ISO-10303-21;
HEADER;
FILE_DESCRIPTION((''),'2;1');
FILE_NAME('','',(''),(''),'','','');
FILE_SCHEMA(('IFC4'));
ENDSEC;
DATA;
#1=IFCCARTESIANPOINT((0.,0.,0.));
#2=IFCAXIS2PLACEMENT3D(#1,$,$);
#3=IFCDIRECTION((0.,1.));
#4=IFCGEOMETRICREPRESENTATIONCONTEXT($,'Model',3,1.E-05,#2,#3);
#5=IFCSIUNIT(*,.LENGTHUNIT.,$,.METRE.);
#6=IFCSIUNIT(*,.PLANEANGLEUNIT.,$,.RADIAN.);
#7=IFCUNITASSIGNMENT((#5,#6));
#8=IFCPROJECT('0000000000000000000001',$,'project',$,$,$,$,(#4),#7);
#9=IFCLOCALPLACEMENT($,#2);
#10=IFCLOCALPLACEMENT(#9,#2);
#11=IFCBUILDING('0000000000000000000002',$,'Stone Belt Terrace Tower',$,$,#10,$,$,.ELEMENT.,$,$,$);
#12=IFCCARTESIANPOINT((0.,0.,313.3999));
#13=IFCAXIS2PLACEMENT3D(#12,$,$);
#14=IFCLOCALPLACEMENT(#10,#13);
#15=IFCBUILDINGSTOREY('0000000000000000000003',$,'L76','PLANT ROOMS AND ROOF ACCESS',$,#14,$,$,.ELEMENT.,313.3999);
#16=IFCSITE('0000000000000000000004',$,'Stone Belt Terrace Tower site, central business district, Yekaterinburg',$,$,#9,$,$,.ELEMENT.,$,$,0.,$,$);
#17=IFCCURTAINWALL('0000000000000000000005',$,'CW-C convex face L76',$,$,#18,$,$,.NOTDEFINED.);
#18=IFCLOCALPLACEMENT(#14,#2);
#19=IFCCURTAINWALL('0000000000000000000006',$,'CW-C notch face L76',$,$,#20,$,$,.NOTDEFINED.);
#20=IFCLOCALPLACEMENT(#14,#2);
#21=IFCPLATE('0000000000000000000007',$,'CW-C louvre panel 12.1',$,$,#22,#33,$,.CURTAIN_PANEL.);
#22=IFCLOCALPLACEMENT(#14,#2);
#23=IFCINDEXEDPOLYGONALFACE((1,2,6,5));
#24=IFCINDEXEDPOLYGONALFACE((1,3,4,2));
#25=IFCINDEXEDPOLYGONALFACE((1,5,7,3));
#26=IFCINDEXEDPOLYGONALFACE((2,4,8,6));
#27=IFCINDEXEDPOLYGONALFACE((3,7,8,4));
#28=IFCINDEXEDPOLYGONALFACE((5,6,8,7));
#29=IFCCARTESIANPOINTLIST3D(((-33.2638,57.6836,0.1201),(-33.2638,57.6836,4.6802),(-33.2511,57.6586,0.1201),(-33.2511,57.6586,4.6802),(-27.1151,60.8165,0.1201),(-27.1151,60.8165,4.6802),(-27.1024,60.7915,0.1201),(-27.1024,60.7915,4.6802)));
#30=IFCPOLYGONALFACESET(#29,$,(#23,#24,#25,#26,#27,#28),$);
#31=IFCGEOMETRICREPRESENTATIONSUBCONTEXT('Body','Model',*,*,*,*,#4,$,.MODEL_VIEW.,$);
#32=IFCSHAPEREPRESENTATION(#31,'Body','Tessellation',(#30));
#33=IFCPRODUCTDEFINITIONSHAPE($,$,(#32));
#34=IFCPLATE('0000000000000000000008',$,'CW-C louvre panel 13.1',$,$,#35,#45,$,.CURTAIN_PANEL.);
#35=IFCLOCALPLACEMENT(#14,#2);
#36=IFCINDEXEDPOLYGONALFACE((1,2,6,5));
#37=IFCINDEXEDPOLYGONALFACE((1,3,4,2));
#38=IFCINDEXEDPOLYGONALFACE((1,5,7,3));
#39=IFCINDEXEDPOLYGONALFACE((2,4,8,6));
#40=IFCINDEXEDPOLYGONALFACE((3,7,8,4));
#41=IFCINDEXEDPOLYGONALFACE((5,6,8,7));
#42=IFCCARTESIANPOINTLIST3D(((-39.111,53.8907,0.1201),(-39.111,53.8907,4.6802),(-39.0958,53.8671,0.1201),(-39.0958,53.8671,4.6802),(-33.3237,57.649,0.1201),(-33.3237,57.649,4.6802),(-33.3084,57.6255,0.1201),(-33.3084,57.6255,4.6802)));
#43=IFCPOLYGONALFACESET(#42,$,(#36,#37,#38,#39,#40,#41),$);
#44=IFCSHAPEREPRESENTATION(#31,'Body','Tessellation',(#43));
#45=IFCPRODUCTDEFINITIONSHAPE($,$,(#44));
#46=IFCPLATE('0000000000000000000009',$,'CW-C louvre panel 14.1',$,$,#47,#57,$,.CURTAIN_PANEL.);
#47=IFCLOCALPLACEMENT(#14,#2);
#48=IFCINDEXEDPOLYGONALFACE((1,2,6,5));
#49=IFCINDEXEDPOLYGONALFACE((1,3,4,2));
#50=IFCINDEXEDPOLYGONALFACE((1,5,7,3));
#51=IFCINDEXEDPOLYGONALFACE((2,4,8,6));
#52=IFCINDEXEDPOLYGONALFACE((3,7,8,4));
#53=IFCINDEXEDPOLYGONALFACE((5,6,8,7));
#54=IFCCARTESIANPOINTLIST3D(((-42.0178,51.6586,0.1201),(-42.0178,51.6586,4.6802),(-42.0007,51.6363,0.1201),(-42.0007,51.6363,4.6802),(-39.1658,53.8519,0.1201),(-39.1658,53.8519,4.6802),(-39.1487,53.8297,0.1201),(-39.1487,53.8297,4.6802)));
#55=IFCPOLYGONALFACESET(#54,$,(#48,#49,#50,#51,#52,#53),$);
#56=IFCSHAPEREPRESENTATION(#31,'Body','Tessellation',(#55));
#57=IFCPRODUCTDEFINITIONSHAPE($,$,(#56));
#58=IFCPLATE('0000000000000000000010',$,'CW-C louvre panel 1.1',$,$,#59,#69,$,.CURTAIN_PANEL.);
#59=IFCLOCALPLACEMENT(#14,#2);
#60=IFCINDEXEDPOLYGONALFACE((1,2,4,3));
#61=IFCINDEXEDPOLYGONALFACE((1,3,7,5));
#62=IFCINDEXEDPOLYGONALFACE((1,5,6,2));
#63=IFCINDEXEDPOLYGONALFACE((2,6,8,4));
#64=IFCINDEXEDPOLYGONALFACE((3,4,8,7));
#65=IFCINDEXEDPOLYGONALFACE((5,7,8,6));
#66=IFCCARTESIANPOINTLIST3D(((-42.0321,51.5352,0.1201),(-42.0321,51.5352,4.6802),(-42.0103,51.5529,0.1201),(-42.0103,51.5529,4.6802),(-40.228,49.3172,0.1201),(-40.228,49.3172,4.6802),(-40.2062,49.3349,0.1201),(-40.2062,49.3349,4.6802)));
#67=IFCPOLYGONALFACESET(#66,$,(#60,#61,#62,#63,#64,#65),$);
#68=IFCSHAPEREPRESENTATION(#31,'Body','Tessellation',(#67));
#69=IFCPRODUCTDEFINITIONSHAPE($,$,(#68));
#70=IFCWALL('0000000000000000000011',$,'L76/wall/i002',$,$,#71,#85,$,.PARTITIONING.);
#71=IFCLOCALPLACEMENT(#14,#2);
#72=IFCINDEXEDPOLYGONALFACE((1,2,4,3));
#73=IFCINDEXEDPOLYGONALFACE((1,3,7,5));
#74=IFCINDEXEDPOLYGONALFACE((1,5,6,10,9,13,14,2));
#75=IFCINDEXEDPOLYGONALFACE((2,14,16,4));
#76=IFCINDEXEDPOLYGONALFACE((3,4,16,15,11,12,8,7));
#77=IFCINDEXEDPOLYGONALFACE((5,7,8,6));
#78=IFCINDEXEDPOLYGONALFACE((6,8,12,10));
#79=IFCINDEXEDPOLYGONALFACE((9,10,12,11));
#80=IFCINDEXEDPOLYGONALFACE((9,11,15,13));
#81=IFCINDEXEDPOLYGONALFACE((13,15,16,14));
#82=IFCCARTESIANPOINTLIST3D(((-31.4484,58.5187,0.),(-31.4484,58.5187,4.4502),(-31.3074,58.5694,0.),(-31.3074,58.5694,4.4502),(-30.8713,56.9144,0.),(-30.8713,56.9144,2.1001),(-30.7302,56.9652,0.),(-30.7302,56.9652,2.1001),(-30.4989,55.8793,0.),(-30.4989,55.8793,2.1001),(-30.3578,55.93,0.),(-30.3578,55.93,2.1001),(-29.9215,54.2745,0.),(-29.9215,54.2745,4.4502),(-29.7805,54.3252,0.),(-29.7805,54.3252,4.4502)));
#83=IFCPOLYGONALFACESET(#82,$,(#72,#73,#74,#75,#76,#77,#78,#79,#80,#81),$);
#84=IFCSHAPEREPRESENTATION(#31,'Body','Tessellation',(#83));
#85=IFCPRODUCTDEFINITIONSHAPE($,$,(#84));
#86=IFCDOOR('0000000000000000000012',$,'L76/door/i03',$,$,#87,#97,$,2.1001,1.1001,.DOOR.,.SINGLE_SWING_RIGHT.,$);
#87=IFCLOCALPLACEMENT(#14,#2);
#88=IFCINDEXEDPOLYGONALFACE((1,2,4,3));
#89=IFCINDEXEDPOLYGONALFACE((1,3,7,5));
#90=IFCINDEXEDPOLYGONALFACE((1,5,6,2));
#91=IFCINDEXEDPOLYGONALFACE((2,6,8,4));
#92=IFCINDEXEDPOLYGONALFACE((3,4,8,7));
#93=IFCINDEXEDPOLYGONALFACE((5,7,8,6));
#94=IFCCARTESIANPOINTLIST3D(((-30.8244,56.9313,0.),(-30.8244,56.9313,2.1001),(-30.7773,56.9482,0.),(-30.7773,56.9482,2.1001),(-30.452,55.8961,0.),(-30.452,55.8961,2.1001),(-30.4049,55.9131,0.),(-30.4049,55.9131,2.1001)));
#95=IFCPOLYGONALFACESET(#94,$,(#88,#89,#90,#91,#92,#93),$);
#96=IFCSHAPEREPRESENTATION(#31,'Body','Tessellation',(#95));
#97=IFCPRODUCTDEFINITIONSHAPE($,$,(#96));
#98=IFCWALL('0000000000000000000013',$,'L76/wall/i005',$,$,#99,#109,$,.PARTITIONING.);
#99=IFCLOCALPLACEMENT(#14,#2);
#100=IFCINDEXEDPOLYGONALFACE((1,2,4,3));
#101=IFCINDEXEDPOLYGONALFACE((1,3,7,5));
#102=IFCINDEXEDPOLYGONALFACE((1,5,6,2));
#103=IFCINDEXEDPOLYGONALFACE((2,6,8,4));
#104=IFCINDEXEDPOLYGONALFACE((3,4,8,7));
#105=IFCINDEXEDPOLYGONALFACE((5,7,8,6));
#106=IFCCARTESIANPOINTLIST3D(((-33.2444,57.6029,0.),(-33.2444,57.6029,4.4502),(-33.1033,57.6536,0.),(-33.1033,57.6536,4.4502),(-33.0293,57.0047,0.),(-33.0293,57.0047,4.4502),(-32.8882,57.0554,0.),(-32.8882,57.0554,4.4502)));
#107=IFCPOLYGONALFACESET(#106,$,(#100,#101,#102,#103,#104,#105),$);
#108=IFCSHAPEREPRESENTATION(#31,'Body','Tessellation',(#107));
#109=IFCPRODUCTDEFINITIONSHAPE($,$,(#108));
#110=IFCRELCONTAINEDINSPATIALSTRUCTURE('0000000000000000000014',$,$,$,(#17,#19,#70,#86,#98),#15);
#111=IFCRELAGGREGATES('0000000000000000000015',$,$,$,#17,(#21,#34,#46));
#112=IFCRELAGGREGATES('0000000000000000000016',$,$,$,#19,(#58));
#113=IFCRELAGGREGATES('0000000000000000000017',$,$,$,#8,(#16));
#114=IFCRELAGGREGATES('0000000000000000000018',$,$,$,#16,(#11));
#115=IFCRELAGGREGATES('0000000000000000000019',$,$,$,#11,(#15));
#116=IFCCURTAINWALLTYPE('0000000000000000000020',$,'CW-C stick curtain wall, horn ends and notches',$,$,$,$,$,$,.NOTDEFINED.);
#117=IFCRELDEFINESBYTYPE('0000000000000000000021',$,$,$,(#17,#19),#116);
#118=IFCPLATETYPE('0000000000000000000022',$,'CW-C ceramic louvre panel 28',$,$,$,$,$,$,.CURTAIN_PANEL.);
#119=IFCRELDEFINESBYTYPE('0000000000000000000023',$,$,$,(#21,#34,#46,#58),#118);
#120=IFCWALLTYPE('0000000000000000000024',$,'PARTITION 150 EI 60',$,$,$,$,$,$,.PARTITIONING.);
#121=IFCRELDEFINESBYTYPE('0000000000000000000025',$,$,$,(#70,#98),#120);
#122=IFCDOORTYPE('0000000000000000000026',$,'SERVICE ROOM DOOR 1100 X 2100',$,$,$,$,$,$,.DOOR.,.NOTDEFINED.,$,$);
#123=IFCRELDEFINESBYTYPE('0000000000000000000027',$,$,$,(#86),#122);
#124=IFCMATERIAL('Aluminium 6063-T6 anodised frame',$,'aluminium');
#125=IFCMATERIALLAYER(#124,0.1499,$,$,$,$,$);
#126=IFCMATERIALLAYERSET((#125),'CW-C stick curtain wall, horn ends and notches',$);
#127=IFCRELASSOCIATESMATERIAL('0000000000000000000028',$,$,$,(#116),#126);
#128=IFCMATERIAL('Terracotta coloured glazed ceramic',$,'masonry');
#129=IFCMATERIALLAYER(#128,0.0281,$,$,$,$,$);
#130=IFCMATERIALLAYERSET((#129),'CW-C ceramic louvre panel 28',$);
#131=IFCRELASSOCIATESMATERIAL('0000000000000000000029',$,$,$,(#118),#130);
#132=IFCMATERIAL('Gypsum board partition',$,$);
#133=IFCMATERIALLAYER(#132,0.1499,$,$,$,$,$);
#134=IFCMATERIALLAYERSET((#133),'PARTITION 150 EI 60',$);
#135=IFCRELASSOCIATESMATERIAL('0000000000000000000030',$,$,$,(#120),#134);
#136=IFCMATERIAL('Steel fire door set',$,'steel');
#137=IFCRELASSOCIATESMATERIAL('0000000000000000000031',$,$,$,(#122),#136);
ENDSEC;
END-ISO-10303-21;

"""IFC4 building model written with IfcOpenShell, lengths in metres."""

from ifc_helpers import new_model, si_unit, direction, frame, frame_2d, origin, origin_2d, place, context, subcontext, project, spatial, rectangle, extrude, material, layer, layer_set, type_object, element, fill, aggregate, save


model = new_model("IFC4")

# Units and contexts
model_context = context("Model", 3, precision=1e-05, world=origin(), true_north=direction((0.0, 1.0)))
body_context = subcontext(model_context, "Body", "Model", "MODEL_VIEW")
ifc_project = project(units=[si_unit("LENGTHUNIT", "METRE"), si_unit("PLANEANGLEUNIT", "RADIAN")], contexts=[model_context])

# Site, building, storey
site_placement = place(None, origin())
site = spatial("IfcSite", under=ifc_project, at=site_placement, Name="Stone Belt Terrace Tower site, central business district, Yekaterinburg", CompositionType="ELEMENT", RefElevation=0.0)
building_placement = place(site_placement, origin())
building = spatial("IfcBuilding", under=site, at=building_placement, Name="Stone Belt Terrace Tower", CompositionType="ELEMENT")
storey_placement = place(building_placement, frame((0.0, 0.0, 313.3999)))
storey = spatial("IfcBuildingStorey", under=building, at=storey_placement, Name="L76", Description="PLANT ROOMS AND ROOF ACCESS", CompositionType="ELEMENT", Elevation=313.3999)

# Curtain wall
ifc_material_1 = material(Name="Aluminium 6063-T6 anodised frame", Category="aluminium")
ifc_layer_1 = layer(ifc_material_1, 0.1499)
ifc_layer_set_1 = layer_set([ifc_layer_1], Name="CW-C stick curtain wall, horn ends and notches")
curtain_wall_type = type_object("IfcCurtainWallType", Name="CW-C stick curtain wall, horn ends and notches", PredefinedType="NOTDEFINED", material=ifc_layer_set_1)
curtain_wall_1_placement = place(storey_placement, origin())
curtain_wall_1 = element("IfcCurtainWall", 1, at=curtain_wall_1_placement, inside=storey, type_object=curtain_wall_type, Name="CW-C convex face L76", PredefinedType="NOTDEFINED")

# Curtain wall
curtain_wall_2_placement = place(storey_placement, origin())
curtain_wall_2 = element("IfcCurtainWall", 2, at=curtain_wall_2_placement, inside=storey, type_object=curtain_wall_type, Name="CW-C notch face L76", PredefinedType="NOTDEFINED")

# Plates
ifc_material_2 = material(Name="Terracotta coloured glazed ceramic", Category="masonry")
ifc_layer_2 = layer(ifc_material_2, 0.0281)
ifc_layer_set_2 = layer_set([ifc_layer_2], Name="CW-C ceramic louvre panel 28")
plate_type = type_object("IfcPlateType", Name="CW-C ceramic louvre panel 28", PredefinedType="CURTAIN_PANEL", material=ifc_layer_set_2)
plate_1_placement = place(storey_placement, frame((-30.1831, 59.2375, 0.1201), z_axis=(0.0, 0.0, 1.0), x_axis=(-0.891007, -0.45399, 0.0)))
plate_1 = element("IfcPlate", 3, at=plate_1_placement, type_object=plate_type, Name="CW-C louvre panel 12.1", PredefinedType="CURTAIN_PANEL", context=body_context, shape_type="SweptSolid", body=[
    extrude(rectangle(XDim=6.9009, YDim=0.0281, at=origin_2d()), origin(), (0.0, 0.0, 1.0), 4.5601),
])
plate_2_placement = place(storey_placement, frame((-36.2097, 55.7581, 0.1201), z_axis=(0.0, 0.0, 1.0), x_axis=(-0.838671, -0.544639, 0.0)))
plate_2 = element("IfcPlate", 4, at=plate_2_placement, type_object=plate_type, Name="CW-C louvre panel 13.1", PredefinedType="CURTAIN_PANEL", context=body_context, shape_type="SweptSolid", body=[
    extrude(rectangle(XDim=6.9006, YDim=0.0281, at=origin_2d()), origin(), (0.0, 0.0, 1.0), 4.5601),
])
plate_3_placement = place(storey_placement, frame((-40.5833, 52.7441, 0.1201), z_axis=(0.0, 0.0, 1.0), x_axis=(-0.792694, -0.60962, 0.0)))
plate_3 = element("IfcPlate", 5, at=plate_3_placement, type_object=plate_type, Name="CW-C louvre panel 14.1", PredefinedType="CURTAIN_PANEL", context=body_context, shape_type="SweptSolid", body=[
    extrude(rectangle(XDim=3.5979, YDim=0.0281, at=origin_2d()), origin(), (0.0, 0.0, 1.0), 4.5601),
])
aggregate(curtain_wall_1, [plate_1, plate_2, plate_3])
plate_4_placement = place(storey_placement, frame((-41.1191, 50.4351, 0.1201), z_axis=(0.0, 0.0, 1.0), x_axis=(0.631001, -0.775782, 0.0)))
plate_4 = element("IfcPlate", 6, at=plate_4_placement, type_object=plate_type, Name="CW-C louvre panel 1.1", PredefinedType="CURTAIN_PANEL", context=body_context, shape_type="SweptSolid", body=[
    extrude(rectangle(XDim=2.8591, YDim=0.0281, at=origin_2d()), origin(), (0.0, 0.0, 1.0), 4.5601),
])
aggregate(curtain_wall_2, [plate_4])

# Wall, opening, door
ifc_material_3 = material(Name="Gypsum board partition")
ifc_layer_3 = layer(ifc_material_3, 0.1499)
ifc_layer_set_3 = layer_set([ifc_layer_3], Name="PARTITION 150 EI 60")
wall_type = type_object("IfcWallType", Name="PARTITION 150 EI 60", PredefinedType="PARTITIONING", material=ifc_layer_set_3)
wall_1_placement = place(storey_placement, frame((-31.3779, 58.5442, 0.0), z_axis=(0.0, 0.0, 1.0), x_axis=(0.338516, -0.940961, 0.0)))
wall_1 = element("IfcWall", 7, at=wall_1_placement, inside=storey, type_object=wall_type, Name="L76/wall/i002", PredefinedType="PARTITIONING", context=body_context, shape_type="SweptSolid", body=[
    extrude(rectangle(XDim=4.5105, YDim=0.1499, at=frame_2d((2.2554, 0.0))), origin(), (0.0, 0.0, 1.0), 4.4502),
])
opening_placement = place(wall_1_placement, frame((1.7051, 0.0, 0.0)))
opening = element("IfcOpeningElement", 8, at=opening_placement, cuts=wall_1, PredefinedType="OPENING", context=body_context, shape_type="SweptSolid", body=[
    extrude(rectangle(XDim=1.1001, YDim=2.1001, at=frame_2d((0.55, 1.05))), frame((0.0, 0.085, 0.0), z_axis=(0.0, -1.0, 0.0), x_axis=(1.0, 0.0, 0.0)), (0.0, 0.0, 1.0), 0.1699),
])
ifc_material_4 = material(Name="Steel fire door set", Category="steel")
door_type = type_object("IfcDoorType", Name="SERVICE ROOM DOOR 1100 X 2100", OperationType="NOTDEFINED", PredefinedType="DOOR", material=ifc_material_4)
door_placement = place(opening_placement, origin())
door = element("IfcDoor", 9, at=door_placement, inside=storey, type_object=door_type, Name="L76/door/i03", OperationType="SINGLE_SWING_RIGHT", OverallHeight=2.1001, OverallWidth=1.1001, PredefinedType="DOOR", context=body_context, shape_type="SweptSolid", body=[
    extrude(rectangle(XDim=1.1001, YDim=2.1001, at=frame_2d((0.55, 1.05))), frame((0.0, 0.0249, 0.0), z_axis=(0.0, -1.0, 0.0), x_axis=(1.0, 0.0, 0.0)), (0.0, 0.0, 1.0), 0.05),
])
fill(opening, door)

# Wall
wall_2_placement = place(storey_placement, frame((-32.9587, 57.03, 0.0), z_axis=(0.0, 0.0, 1.0), x_axis=(-0.338379, 0.94101, 0.0)))
element("IfcWall", 10, at=wall_2_placement, inside=storey, type_object=wall_type, Name="L76/wall/i005", PredefinedType="PARTITIONING", context=body_context, shape_type="SweptSolid", body=[
    extrude(rectangle(XDim=0.6357, YDim=0.1499, at=frame_2d((0.3179, 0.0))), origin(), (0.0, 0.0, 1.0), 4.4502),
])

save(model, "model.ifc")
